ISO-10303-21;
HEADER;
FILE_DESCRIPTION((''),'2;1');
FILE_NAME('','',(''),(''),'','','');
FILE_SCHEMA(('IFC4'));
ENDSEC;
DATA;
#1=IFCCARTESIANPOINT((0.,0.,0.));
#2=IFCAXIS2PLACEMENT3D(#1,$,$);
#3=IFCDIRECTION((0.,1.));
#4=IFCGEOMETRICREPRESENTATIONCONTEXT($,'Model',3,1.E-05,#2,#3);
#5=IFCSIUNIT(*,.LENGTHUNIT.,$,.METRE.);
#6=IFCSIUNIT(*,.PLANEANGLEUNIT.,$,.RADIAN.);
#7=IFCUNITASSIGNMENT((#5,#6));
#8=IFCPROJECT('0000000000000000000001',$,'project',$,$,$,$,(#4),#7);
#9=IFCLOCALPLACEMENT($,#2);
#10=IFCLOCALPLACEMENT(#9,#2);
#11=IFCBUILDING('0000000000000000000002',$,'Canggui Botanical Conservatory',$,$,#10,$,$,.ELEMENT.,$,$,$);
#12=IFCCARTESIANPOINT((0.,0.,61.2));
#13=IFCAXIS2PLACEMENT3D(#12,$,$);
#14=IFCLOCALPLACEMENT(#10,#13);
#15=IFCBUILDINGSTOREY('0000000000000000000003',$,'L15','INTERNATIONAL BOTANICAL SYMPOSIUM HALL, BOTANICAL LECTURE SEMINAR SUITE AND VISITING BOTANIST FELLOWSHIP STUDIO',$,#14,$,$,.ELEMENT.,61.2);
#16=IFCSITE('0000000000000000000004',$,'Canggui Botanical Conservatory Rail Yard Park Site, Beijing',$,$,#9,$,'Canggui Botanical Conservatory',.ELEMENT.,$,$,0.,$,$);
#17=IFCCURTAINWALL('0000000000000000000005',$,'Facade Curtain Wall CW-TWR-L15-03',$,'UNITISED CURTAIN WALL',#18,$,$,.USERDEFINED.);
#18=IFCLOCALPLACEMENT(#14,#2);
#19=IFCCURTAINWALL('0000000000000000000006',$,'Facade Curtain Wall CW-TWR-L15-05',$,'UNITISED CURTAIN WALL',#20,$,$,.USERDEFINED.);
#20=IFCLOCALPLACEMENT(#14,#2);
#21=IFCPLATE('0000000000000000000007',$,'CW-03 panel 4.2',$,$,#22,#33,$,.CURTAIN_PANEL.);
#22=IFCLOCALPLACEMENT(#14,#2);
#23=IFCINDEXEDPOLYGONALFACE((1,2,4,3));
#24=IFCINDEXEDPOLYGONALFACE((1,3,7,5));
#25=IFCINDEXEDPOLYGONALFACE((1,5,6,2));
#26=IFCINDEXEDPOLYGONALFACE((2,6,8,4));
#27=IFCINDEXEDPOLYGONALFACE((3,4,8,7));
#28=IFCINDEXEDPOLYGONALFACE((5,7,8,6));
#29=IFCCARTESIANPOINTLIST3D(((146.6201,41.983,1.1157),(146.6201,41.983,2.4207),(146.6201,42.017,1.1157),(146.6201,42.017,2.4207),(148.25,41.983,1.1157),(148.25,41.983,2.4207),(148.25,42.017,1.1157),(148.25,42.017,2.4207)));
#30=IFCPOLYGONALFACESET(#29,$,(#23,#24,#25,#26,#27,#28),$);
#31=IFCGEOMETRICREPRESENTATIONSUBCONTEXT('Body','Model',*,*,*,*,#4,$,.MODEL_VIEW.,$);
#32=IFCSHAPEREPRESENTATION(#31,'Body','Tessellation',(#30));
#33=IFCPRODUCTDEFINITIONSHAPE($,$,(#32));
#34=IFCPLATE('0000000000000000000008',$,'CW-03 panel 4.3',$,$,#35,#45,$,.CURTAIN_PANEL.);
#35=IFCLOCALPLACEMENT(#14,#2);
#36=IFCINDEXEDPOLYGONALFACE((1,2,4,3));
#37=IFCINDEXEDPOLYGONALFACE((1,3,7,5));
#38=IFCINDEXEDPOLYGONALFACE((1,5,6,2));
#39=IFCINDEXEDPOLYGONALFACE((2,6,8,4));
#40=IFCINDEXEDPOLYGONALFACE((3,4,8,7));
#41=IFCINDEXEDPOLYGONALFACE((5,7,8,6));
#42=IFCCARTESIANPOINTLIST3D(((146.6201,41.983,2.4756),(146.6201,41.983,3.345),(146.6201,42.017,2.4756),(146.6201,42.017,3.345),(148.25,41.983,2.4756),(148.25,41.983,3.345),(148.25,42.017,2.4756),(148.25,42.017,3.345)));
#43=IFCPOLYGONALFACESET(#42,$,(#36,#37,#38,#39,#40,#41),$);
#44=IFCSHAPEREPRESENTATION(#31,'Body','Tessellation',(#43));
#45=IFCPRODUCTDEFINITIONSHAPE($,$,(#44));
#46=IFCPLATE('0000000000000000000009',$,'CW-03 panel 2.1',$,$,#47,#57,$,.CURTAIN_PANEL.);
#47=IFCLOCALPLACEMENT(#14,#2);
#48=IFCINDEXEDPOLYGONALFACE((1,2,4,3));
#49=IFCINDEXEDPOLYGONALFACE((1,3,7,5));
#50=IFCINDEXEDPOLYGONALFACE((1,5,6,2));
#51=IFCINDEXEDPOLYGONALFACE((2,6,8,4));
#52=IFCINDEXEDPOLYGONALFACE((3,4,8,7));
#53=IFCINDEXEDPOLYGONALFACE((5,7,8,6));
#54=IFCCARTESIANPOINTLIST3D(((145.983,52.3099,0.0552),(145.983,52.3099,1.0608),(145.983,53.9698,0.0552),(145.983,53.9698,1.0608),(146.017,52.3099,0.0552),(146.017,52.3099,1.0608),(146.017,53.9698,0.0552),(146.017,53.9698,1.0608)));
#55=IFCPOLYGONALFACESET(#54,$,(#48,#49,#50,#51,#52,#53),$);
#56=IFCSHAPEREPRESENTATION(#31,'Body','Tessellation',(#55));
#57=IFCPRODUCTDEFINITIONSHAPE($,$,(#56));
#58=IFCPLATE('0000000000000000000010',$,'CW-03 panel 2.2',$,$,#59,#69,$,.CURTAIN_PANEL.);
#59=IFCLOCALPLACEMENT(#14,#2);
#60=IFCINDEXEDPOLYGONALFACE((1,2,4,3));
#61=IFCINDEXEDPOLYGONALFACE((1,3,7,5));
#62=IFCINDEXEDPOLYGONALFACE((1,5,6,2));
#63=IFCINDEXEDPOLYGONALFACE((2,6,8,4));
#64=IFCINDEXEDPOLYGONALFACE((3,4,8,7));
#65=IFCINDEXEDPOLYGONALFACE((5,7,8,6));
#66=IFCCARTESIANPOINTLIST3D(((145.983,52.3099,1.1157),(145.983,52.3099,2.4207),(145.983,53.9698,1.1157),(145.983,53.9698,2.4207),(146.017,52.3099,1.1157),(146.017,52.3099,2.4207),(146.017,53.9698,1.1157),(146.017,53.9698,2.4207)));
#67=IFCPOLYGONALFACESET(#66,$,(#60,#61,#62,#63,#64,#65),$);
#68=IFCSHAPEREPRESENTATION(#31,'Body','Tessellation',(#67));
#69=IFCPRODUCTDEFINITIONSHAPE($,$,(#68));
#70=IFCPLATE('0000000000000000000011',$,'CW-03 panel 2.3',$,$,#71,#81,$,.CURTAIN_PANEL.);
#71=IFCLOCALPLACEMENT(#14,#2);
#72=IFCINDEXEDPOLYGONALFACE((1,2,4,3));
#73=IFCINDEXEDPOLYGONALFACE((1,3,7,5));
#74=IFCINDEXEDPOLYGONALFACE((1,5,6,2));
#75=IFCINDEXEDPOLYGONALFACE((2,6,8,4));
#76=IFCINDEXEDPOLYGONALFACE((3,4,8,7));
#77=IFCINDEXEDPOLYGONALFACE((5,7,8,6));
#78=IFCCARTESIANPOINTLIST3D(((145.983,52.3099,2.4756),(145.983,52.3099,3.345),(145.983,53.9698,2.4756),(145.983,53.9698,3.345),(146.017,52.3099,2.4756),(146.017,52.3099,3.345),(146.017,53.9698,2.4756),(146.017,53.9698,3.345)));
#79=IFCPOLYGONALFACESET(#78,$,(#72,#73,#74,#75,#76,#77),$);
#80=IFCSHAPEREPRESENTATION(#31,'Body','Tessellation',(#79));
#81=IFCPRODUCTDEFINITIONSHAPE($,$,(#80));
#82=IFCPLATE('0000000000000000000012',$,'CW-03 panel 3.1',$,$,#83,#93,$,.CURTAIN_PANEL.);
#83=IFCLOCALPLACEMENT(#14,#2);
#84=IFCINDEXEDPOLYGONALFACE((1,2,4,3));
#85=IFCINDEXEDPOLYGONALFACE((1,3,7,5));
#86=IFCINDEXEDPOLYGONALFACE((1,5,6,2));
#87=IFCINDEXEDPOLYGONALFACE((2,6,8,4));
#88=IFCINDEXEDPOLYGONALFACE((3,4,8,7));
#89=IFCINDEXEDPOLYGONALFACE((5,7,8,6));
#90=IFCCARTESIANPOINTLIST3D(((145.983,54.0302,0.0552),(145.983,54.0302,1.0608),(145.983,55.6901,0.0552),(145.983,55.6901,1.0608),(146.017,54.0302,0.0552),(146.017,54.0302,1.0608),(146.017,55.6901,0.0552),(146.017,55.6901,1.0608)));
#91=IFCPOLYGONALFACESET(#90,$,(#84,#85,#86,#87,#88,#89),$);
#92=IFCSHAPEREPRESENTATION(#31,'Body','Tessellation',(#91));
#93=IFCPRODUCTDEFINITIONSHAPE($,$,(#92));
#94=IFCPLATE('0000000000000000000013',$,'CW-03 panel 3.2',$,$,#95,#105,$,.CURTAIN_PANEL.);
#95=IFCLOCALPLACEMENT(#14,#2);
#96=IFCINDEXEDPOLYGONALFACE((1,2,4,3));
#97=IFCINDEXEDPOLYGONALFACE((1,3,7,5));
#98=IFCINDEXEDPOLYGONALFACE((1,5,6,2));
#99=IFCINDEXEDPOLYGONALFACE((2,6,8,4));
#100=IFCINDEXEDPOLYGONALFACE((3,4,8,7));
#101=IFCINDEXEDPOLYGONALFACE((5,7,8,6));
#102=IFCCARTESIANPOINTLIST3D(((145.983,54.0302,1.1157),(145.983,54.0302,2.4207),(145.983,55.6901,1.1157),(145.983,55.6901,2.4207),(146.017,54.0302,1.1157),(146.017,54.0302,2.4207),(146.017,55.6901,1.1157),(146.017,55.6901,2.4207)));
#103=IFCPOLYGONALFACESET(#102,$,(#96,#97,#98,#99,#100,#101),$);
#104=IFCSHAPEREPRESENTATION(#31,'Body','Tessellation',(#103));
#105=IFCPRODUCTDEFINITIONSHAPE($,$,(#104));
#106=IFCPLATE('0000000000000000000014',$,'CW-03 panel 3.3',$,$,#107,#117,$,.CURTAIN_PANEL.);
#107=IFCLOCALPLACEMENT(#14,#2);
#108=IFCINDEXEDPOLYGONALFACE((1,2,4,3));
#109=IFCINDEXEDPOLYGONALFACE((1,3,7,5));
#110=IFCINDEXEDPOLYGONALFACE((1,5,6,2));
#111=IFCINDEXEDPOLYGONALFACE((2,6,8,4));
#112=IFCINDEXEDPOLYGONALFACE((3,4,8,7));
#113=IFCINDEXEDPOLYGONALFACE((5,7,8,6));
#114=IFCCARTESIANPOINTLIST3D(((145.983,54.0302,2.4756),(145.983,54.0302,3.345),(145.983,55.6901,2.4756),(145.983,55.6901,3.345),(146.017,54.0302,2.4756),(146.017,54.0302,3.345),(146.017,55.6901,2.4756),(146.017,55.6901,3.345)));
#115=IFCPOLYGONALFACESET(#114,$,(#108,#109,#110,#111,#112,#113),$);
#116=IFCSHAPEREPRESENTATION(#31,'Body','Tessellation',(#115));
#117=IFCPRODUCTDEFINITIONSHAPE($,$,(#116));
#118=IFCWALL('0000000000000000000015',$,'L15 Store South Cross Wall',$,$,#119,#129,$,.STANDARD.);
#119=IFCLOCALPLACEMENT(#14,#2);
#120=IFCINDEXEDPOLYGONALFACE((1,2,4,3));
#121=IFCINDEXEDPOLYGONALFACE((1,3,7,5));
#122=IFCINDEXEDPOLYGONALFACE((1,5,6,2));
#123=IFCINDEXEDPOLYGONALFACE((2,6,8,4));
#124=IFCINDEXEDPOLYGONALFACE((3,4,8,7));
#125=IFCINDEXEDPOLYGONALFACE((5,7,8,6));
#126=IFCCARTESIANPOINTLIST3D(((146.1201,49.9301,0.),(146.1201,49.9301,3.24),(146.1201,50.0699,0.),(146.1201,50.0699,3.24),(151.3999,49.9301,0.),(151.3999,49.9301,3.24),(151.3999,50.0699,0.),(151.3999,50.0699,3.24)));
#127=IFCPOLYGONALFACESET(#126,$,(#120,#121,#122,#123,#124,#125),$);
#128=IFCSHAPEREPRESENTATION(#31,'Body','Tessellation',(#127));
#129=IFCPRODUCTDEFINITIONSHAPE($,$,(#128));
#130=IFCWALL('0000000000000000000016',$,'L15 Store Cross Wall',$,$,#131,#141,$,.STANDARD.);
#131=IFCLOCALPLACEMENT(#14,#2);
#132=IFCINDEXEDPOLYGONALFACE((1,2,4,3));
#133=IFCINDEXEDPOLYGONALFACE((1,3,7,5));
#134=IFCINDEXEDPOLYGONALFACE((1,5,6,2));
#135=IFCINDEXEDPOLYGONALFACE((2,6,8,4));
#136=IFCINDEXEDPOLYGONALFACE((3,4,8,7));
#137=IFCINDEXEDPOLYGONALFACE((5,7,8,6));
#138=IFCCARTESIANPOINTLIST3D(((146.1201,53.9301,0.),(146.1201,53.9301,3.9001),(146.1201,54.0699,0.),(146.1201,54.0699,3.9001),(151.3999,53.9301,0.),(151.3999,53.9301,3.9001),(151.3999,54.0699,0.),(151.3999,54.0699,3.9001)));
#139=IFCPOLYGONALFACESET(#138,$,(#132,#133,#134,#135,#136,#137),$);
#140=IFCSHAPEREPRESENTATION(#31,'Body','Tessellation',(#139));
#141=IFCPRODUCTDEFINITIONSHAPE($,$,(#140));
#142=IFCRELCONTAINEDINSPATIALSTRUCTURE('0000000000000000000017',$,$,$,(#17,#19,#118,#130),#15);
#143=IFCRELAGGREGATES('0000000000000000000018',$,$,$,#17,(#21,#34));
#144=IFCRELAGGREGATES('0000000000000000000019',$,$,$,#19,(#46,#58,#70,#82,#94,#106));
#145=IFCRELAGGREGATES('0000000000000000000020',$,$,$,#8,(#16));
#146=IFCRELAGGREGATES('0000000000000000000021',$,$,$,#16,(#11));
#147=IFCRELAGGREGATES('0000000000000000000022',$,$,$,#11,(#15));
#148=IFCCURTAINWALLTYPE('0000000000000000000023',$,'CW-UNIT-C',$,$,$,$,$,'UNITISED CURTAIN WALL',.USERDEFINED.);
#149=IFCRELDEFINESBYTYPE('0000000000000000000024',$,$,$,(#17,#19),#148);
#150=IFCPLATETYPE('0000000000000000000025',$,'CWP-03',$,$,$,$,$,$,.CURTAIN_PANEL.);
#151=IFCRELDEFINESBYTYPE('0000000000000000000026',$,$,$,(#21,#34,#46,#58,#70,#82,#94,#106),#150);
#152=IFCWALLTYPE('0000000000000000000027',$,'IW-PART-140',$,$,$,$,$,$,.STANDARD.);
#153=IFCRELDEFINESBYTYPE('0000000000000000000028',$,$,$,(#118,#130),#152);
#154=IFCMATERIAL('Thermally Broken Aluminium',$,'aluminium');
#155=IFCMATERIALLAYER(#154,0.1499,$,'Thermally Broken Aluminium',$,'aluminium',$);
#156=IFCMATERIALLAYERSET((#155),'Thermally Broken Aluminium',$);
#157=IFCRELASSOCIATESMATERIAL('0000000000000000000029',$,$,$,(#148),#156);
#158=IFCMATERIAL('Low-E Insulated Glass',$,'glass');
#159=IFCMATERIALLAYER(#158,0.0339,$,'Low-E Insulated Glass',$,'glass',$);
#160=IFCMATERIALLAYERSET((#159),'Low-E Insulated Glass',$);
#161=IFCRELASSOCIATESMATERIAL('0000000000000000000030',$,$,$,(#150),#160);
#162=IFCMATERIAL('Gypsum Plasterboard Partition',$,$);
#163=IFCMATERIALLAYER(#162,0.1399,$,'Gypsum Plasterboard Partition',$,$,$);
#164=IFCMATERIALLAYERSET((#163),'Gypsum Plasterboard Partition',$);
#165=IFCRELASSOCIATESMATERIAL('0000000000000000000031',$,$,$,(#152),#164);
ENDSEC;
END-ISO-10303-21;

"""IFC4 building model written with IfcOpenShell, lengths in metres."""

from ifc_helpers import new_model, si_unit, direction, frame, frame_2d, origin, origin_2d, place, context, subcontext, project, spatial, rectangle, extrude, material, layer, layer_set, type_object, element, aggregate, save


model = new_model("IFC4")

# Units and contexts
model_context = context("Model", 3, precision=1e-05, world=origin(), true_north=direction((0.0, 1.0)))
body_context = subcontext(model_context, "Body", "Model", "MODEL_VIEW")
ifc_project = project(units=[si_unit("LENGTHUNIT", "METRE"), si_unit("PLANEANGLEUNIT", "RADIAN")], contexts=[model_context])

# Site, building, storey
site_placement = place(None, origin())
site = spatial("IfcSite", under=ifc_project, at=site_placement, Name="Canggui Botanical Conservatory Rail Yard Park Site, Beijing", LongName="Canggui Botanical Conservatory", CompositionType="ELEMENT", RefElevation=0.0)
building_placement = place(site_placement, origin())
building = spatial("IfcBuilding", under=site, at=building_placement, Name="Canggui Botanical Conservatory", CompositionType="ELEMENT")
storey_placement = place(building_placement, frame((0.0, 0.0, 61.2)))
storey = spatial("IfcBuildingStorey", under=building, at=storey_placement, Name="L15", Description="INTERNATIONAL BOTANICAL SYMPOSIUM HALL, BOTANICAL LECTURE SEMINAR SUITE AND VISITING BOTANIST FELLOWSHIP STUDIO", CompositionType="ELEMENT", Elevation=61.2)

# Curtain walls
ifc_material_1 = material(Name="Thermally Broken Aluminium", Category="aluminium")
ifc_layer_1 = layer(ifc_material_1, 0.1499, Name="Thermally Broken Aluminium", Category="aluminium")
ifc_layer_set_1 = layer_set([ifc_layer_1], Name="Thermally Broken Aluminium")
curtain_wall_type = type_object("IfcCurtainWallType", Name="CW-UNIT-C", ElementType="UNITISED CURTAIN WALL", PredefinedType="USERDEFINED", material=ifc_layer_set_1)
curtain_wall_1_placement = place(storey_placement, origin())
curtain_wall_1 = element("IfcCurtainWall", 1, at=curtain_wall_1_placement, inside=storey, type_object=curtain_wall_type, Name="Facade Curtain Wall CW-TWR-L15-03", ObjectType="UNITISED CURTAIN WALL", PredefinedType="USERDEFINED")
curtain_wall_2_placement = place(storey_placement, origin())
curtain_wall_2 = element("IfcCurtainWall", 2, at=curtain_wall_2_placement, inside=storey, type_object=curtain_wall_type, Name="Facade Curtain Wall CW-TWR-L15-05", ObjectType="UNITISED CURTAIN WALL", PredefinedType="USERDEFINED")

# Plates
ifc_material_2 = material(Name="Low-E Insulated Glass", Category="glass")
ifc_layer_2 = layer(ifc_material_2, 0.0339, Name="Low-E Insulated Glass", Category="glass")
ifc_layer_set_2 = layer_set([ifc_layer_2], Name="Low-E Insulated Glass")
plate_type = type_object("IfcPlateType", Name="CWP-03", PredefinedType="CURTAIN_PANEL", material=ifc_layer_set_2)
plate_1_placement = place(storey_placement, frame((147.4351, 42.0, 1.1157), z_axis=(0.0, 0.0, 1.0), x_axis=(-1.0, 0.0, 0.0)))
plate_1 = element("IfcPlate", 3, at=plate_1_placement, type_object=plate_type, Name="CW-03 panel 4.2", PredefinedType="CURTAIN_PANEL", context=body_context, shape_type="SweptSolid", body=[
    extrude(rectangle(XDim=1.6299, YDim=0.0339, at=origin_2d()), origin(), (0.0, 0.0, 1.0), 1.3049),
])
plate_2_placement = place(storey_placement, frame((147.4351, 42.0, 2.4756), z_axis=(0.0, 0.0, 1.0), x_axis=(-1.0, 0.0, 0.0)))
plate_2 = element("IfcPlate", 4, at=plate_2_placement, type_object=plate_type, Name="CW-03 panel 4.3", PredefinedType="CURTAIN_PANEL", context=body_context, shape_type="SweptSolid", body=[
    extrude(rectangle(XDim=1.6299, YDim=0.0339, at=origin_2d()), origin(), (0.0, 0.0, 1.0), 0.8694),
])
aggregate(curtain_wall_1, [plate_1, plate_2])
plate_3_placement = place(storey_placement, frame((146.0, 53.1399, 0.0552), z_axis=(0.0, 0.0, 1.0), x_axis=(0.0, 1.0, 0.0)))
plate_3 = element("IfcPlate", 5, at=plate_3_placement, type_object=plate_type, Name="CW-03 panel 2.1", PredefinedType="CURTAIN_PANEL", context=body_context, shape_type="SweptSolid", body=[
    extrude(rectangle(XDim=1.6599, YDim=0.0339, at=origin_2d()), origin(), (0.0, 0.0, 1.0), 1.0056),
])
plate_4_placement = place(storey_placement, frame((146.0, 53.1399, 1.1157), z_axis=(0.0, 0.0, 1.0), x_axis=(0.0, 1.0, 0.0)))
plate_4 = element("IfcPlate", 6, at=plate_4_placement, type_object=plate_type, Name="CW-03 panel 2.2", PredefinedType="CURTAIN_PANEL", context=body_context, shape_type="SweptSolid", body=[
    extrude(rectangle(XDim=1.6599, YDim=0.0339, at=origin_2d()), origin(), (0.0, 0.0, 1.0), 1.3049),
])
plate_5_placement = place(storey_placement, frame((146.0, 53.1399, 2.4756), z_axis=(0.0, 0.0, 1.0), x_axis=(0.0, 1.0, 0.0)))
plate_5 = element("IfcPlate", 7, at=plate_5_placement, type_object=plate_type, Name="CW-03 panel 2.3", PredefinedType="CURTAIN_PANEL", context=body_context, shape_type="SweptSolid", body=[
    extrude(rectangle(XDim=1.6599, YDim=0.0339, at=origin_2d()), origin(), (0.0, 0.0, 1.0), 0.8694),
])
plate_6_placement = place(storey_placement, frame((146.0, 54.8601, 0.0552), z_axis=(0.0, 0.0, 1.0), x_axis=(0.0, 1.0, 0.0)))
plate_6 = element("IfcPlate", 8, at=plate_6_placement, type_object=plate_type, Name="CW-03 panel 3.1", PredefinedType="CURTAIN_PANEL", context=body_context, shape_type="SweptSolid", body=[
    extrude(rectangle(XDim=1.6599, YDim=0.0339, at=origin_2d()), origin(), (0.0, 0.0, 1.0), 1.0056),
])
plate_7_placement = place(storey_placement, frame((146.0, 54.8601, 1.1157), z_axis=(0.0, 0.0, 1.0), x_axis=(0.0, 1.0, 0.0)))
plate_7 = element("IfcPlate", 9, at=plate_7_placement, type_object=plate_type, Name="CW-03 panel 3.2", PredefinedType="CURTAIN_PANEL", context=body_context, shape_type="SweptSolid", body=[
    extrude(rectangle(XDim=1.6599, YDim=0.0339, at=origin_2d()), origin(), (0.0, 0.0, 1.0), 1.3049),
])
plate_8_placement = place(storey_placement, frame((146.0, 54.8601, 2.4756), z_axis=(0.0, 0.0, 1.0), x_axis=(0.0, 1.0, 0.0)))
plate_8 = element("IfcPlate", 10, at=plate_8_placement, type_object=plate_type, Name="CW-03 panel 3.3", PredefinedType="CURTAIN_PANEL", context=body_context, shape_type="SweptSolid", body=[
    extrude(rectangle(XDim=1.6599, YDim=0.0339, at=origin_2d()), origin(), (0.0, 0.0, 1.0), 0.8694),
])
aggregate(curtain_wall_2, [plate_3, plate_4, plate_5, plate_6, plate_7, plate_8])

# Walls
ifc_material_3 = material(Name="Gypsum Plasterboard Partition")
ifc_layer_3 = layer(ifc_material_3, 0.1399, Name="Gypsum Plasterboard Partition")
ifc_layer_set_3 = layer_set([ifc_layer_3], Name="Gypsum Plasterboard Partition")
wall_type = type_object("IfcWallType", Name="IW-PART-140", PredefinedType="STANDARD", material=ifc_layer_set_3)
wall_1_placement = place(storey_placement, frame((146.1201, 50.0, 0.0), z_axis=(0.0, 0.0, 1.0), x_axis=(1.0, 0.0, 0.0)))
element("IfcWall", 11, at=wall_1_placement, inside=storey, type_object=wall_type, Name="L15 Store South Cross Wall", PredefinedType="STANDARD", context=body_context, shape_type="SweptSolid", body=[
    extrude(rectangle(XDim=5.2798, YDim=0.1399, at=frame_2d((2.6399, 0.0))), origin(), (0.0, 0.0, 1.0), 3.24),
])
wall_2_placement = place(storey_placement, frame((146.1201, 54.0, 0.0), z_axis=(0.0, 0.0, 1.0), x_axis=(1.0, 0.0, 0.0)))
element("IfcWall", 12, at=wall_2_placement, inside=storey, type_object=wall_type, Name="L15 Store Cross Wall", PredefinedType="STANDARD", context=body_context, shape_type="SweptSolid", body=[
    extrude(rectangle(XDim=5.2798, YDim=0.1399, at=frame_2d((2.6399, 0.0))), origin(), (0.0, 0.0, 1.0), 3.9001),
])

save(model, "model.ifc")
